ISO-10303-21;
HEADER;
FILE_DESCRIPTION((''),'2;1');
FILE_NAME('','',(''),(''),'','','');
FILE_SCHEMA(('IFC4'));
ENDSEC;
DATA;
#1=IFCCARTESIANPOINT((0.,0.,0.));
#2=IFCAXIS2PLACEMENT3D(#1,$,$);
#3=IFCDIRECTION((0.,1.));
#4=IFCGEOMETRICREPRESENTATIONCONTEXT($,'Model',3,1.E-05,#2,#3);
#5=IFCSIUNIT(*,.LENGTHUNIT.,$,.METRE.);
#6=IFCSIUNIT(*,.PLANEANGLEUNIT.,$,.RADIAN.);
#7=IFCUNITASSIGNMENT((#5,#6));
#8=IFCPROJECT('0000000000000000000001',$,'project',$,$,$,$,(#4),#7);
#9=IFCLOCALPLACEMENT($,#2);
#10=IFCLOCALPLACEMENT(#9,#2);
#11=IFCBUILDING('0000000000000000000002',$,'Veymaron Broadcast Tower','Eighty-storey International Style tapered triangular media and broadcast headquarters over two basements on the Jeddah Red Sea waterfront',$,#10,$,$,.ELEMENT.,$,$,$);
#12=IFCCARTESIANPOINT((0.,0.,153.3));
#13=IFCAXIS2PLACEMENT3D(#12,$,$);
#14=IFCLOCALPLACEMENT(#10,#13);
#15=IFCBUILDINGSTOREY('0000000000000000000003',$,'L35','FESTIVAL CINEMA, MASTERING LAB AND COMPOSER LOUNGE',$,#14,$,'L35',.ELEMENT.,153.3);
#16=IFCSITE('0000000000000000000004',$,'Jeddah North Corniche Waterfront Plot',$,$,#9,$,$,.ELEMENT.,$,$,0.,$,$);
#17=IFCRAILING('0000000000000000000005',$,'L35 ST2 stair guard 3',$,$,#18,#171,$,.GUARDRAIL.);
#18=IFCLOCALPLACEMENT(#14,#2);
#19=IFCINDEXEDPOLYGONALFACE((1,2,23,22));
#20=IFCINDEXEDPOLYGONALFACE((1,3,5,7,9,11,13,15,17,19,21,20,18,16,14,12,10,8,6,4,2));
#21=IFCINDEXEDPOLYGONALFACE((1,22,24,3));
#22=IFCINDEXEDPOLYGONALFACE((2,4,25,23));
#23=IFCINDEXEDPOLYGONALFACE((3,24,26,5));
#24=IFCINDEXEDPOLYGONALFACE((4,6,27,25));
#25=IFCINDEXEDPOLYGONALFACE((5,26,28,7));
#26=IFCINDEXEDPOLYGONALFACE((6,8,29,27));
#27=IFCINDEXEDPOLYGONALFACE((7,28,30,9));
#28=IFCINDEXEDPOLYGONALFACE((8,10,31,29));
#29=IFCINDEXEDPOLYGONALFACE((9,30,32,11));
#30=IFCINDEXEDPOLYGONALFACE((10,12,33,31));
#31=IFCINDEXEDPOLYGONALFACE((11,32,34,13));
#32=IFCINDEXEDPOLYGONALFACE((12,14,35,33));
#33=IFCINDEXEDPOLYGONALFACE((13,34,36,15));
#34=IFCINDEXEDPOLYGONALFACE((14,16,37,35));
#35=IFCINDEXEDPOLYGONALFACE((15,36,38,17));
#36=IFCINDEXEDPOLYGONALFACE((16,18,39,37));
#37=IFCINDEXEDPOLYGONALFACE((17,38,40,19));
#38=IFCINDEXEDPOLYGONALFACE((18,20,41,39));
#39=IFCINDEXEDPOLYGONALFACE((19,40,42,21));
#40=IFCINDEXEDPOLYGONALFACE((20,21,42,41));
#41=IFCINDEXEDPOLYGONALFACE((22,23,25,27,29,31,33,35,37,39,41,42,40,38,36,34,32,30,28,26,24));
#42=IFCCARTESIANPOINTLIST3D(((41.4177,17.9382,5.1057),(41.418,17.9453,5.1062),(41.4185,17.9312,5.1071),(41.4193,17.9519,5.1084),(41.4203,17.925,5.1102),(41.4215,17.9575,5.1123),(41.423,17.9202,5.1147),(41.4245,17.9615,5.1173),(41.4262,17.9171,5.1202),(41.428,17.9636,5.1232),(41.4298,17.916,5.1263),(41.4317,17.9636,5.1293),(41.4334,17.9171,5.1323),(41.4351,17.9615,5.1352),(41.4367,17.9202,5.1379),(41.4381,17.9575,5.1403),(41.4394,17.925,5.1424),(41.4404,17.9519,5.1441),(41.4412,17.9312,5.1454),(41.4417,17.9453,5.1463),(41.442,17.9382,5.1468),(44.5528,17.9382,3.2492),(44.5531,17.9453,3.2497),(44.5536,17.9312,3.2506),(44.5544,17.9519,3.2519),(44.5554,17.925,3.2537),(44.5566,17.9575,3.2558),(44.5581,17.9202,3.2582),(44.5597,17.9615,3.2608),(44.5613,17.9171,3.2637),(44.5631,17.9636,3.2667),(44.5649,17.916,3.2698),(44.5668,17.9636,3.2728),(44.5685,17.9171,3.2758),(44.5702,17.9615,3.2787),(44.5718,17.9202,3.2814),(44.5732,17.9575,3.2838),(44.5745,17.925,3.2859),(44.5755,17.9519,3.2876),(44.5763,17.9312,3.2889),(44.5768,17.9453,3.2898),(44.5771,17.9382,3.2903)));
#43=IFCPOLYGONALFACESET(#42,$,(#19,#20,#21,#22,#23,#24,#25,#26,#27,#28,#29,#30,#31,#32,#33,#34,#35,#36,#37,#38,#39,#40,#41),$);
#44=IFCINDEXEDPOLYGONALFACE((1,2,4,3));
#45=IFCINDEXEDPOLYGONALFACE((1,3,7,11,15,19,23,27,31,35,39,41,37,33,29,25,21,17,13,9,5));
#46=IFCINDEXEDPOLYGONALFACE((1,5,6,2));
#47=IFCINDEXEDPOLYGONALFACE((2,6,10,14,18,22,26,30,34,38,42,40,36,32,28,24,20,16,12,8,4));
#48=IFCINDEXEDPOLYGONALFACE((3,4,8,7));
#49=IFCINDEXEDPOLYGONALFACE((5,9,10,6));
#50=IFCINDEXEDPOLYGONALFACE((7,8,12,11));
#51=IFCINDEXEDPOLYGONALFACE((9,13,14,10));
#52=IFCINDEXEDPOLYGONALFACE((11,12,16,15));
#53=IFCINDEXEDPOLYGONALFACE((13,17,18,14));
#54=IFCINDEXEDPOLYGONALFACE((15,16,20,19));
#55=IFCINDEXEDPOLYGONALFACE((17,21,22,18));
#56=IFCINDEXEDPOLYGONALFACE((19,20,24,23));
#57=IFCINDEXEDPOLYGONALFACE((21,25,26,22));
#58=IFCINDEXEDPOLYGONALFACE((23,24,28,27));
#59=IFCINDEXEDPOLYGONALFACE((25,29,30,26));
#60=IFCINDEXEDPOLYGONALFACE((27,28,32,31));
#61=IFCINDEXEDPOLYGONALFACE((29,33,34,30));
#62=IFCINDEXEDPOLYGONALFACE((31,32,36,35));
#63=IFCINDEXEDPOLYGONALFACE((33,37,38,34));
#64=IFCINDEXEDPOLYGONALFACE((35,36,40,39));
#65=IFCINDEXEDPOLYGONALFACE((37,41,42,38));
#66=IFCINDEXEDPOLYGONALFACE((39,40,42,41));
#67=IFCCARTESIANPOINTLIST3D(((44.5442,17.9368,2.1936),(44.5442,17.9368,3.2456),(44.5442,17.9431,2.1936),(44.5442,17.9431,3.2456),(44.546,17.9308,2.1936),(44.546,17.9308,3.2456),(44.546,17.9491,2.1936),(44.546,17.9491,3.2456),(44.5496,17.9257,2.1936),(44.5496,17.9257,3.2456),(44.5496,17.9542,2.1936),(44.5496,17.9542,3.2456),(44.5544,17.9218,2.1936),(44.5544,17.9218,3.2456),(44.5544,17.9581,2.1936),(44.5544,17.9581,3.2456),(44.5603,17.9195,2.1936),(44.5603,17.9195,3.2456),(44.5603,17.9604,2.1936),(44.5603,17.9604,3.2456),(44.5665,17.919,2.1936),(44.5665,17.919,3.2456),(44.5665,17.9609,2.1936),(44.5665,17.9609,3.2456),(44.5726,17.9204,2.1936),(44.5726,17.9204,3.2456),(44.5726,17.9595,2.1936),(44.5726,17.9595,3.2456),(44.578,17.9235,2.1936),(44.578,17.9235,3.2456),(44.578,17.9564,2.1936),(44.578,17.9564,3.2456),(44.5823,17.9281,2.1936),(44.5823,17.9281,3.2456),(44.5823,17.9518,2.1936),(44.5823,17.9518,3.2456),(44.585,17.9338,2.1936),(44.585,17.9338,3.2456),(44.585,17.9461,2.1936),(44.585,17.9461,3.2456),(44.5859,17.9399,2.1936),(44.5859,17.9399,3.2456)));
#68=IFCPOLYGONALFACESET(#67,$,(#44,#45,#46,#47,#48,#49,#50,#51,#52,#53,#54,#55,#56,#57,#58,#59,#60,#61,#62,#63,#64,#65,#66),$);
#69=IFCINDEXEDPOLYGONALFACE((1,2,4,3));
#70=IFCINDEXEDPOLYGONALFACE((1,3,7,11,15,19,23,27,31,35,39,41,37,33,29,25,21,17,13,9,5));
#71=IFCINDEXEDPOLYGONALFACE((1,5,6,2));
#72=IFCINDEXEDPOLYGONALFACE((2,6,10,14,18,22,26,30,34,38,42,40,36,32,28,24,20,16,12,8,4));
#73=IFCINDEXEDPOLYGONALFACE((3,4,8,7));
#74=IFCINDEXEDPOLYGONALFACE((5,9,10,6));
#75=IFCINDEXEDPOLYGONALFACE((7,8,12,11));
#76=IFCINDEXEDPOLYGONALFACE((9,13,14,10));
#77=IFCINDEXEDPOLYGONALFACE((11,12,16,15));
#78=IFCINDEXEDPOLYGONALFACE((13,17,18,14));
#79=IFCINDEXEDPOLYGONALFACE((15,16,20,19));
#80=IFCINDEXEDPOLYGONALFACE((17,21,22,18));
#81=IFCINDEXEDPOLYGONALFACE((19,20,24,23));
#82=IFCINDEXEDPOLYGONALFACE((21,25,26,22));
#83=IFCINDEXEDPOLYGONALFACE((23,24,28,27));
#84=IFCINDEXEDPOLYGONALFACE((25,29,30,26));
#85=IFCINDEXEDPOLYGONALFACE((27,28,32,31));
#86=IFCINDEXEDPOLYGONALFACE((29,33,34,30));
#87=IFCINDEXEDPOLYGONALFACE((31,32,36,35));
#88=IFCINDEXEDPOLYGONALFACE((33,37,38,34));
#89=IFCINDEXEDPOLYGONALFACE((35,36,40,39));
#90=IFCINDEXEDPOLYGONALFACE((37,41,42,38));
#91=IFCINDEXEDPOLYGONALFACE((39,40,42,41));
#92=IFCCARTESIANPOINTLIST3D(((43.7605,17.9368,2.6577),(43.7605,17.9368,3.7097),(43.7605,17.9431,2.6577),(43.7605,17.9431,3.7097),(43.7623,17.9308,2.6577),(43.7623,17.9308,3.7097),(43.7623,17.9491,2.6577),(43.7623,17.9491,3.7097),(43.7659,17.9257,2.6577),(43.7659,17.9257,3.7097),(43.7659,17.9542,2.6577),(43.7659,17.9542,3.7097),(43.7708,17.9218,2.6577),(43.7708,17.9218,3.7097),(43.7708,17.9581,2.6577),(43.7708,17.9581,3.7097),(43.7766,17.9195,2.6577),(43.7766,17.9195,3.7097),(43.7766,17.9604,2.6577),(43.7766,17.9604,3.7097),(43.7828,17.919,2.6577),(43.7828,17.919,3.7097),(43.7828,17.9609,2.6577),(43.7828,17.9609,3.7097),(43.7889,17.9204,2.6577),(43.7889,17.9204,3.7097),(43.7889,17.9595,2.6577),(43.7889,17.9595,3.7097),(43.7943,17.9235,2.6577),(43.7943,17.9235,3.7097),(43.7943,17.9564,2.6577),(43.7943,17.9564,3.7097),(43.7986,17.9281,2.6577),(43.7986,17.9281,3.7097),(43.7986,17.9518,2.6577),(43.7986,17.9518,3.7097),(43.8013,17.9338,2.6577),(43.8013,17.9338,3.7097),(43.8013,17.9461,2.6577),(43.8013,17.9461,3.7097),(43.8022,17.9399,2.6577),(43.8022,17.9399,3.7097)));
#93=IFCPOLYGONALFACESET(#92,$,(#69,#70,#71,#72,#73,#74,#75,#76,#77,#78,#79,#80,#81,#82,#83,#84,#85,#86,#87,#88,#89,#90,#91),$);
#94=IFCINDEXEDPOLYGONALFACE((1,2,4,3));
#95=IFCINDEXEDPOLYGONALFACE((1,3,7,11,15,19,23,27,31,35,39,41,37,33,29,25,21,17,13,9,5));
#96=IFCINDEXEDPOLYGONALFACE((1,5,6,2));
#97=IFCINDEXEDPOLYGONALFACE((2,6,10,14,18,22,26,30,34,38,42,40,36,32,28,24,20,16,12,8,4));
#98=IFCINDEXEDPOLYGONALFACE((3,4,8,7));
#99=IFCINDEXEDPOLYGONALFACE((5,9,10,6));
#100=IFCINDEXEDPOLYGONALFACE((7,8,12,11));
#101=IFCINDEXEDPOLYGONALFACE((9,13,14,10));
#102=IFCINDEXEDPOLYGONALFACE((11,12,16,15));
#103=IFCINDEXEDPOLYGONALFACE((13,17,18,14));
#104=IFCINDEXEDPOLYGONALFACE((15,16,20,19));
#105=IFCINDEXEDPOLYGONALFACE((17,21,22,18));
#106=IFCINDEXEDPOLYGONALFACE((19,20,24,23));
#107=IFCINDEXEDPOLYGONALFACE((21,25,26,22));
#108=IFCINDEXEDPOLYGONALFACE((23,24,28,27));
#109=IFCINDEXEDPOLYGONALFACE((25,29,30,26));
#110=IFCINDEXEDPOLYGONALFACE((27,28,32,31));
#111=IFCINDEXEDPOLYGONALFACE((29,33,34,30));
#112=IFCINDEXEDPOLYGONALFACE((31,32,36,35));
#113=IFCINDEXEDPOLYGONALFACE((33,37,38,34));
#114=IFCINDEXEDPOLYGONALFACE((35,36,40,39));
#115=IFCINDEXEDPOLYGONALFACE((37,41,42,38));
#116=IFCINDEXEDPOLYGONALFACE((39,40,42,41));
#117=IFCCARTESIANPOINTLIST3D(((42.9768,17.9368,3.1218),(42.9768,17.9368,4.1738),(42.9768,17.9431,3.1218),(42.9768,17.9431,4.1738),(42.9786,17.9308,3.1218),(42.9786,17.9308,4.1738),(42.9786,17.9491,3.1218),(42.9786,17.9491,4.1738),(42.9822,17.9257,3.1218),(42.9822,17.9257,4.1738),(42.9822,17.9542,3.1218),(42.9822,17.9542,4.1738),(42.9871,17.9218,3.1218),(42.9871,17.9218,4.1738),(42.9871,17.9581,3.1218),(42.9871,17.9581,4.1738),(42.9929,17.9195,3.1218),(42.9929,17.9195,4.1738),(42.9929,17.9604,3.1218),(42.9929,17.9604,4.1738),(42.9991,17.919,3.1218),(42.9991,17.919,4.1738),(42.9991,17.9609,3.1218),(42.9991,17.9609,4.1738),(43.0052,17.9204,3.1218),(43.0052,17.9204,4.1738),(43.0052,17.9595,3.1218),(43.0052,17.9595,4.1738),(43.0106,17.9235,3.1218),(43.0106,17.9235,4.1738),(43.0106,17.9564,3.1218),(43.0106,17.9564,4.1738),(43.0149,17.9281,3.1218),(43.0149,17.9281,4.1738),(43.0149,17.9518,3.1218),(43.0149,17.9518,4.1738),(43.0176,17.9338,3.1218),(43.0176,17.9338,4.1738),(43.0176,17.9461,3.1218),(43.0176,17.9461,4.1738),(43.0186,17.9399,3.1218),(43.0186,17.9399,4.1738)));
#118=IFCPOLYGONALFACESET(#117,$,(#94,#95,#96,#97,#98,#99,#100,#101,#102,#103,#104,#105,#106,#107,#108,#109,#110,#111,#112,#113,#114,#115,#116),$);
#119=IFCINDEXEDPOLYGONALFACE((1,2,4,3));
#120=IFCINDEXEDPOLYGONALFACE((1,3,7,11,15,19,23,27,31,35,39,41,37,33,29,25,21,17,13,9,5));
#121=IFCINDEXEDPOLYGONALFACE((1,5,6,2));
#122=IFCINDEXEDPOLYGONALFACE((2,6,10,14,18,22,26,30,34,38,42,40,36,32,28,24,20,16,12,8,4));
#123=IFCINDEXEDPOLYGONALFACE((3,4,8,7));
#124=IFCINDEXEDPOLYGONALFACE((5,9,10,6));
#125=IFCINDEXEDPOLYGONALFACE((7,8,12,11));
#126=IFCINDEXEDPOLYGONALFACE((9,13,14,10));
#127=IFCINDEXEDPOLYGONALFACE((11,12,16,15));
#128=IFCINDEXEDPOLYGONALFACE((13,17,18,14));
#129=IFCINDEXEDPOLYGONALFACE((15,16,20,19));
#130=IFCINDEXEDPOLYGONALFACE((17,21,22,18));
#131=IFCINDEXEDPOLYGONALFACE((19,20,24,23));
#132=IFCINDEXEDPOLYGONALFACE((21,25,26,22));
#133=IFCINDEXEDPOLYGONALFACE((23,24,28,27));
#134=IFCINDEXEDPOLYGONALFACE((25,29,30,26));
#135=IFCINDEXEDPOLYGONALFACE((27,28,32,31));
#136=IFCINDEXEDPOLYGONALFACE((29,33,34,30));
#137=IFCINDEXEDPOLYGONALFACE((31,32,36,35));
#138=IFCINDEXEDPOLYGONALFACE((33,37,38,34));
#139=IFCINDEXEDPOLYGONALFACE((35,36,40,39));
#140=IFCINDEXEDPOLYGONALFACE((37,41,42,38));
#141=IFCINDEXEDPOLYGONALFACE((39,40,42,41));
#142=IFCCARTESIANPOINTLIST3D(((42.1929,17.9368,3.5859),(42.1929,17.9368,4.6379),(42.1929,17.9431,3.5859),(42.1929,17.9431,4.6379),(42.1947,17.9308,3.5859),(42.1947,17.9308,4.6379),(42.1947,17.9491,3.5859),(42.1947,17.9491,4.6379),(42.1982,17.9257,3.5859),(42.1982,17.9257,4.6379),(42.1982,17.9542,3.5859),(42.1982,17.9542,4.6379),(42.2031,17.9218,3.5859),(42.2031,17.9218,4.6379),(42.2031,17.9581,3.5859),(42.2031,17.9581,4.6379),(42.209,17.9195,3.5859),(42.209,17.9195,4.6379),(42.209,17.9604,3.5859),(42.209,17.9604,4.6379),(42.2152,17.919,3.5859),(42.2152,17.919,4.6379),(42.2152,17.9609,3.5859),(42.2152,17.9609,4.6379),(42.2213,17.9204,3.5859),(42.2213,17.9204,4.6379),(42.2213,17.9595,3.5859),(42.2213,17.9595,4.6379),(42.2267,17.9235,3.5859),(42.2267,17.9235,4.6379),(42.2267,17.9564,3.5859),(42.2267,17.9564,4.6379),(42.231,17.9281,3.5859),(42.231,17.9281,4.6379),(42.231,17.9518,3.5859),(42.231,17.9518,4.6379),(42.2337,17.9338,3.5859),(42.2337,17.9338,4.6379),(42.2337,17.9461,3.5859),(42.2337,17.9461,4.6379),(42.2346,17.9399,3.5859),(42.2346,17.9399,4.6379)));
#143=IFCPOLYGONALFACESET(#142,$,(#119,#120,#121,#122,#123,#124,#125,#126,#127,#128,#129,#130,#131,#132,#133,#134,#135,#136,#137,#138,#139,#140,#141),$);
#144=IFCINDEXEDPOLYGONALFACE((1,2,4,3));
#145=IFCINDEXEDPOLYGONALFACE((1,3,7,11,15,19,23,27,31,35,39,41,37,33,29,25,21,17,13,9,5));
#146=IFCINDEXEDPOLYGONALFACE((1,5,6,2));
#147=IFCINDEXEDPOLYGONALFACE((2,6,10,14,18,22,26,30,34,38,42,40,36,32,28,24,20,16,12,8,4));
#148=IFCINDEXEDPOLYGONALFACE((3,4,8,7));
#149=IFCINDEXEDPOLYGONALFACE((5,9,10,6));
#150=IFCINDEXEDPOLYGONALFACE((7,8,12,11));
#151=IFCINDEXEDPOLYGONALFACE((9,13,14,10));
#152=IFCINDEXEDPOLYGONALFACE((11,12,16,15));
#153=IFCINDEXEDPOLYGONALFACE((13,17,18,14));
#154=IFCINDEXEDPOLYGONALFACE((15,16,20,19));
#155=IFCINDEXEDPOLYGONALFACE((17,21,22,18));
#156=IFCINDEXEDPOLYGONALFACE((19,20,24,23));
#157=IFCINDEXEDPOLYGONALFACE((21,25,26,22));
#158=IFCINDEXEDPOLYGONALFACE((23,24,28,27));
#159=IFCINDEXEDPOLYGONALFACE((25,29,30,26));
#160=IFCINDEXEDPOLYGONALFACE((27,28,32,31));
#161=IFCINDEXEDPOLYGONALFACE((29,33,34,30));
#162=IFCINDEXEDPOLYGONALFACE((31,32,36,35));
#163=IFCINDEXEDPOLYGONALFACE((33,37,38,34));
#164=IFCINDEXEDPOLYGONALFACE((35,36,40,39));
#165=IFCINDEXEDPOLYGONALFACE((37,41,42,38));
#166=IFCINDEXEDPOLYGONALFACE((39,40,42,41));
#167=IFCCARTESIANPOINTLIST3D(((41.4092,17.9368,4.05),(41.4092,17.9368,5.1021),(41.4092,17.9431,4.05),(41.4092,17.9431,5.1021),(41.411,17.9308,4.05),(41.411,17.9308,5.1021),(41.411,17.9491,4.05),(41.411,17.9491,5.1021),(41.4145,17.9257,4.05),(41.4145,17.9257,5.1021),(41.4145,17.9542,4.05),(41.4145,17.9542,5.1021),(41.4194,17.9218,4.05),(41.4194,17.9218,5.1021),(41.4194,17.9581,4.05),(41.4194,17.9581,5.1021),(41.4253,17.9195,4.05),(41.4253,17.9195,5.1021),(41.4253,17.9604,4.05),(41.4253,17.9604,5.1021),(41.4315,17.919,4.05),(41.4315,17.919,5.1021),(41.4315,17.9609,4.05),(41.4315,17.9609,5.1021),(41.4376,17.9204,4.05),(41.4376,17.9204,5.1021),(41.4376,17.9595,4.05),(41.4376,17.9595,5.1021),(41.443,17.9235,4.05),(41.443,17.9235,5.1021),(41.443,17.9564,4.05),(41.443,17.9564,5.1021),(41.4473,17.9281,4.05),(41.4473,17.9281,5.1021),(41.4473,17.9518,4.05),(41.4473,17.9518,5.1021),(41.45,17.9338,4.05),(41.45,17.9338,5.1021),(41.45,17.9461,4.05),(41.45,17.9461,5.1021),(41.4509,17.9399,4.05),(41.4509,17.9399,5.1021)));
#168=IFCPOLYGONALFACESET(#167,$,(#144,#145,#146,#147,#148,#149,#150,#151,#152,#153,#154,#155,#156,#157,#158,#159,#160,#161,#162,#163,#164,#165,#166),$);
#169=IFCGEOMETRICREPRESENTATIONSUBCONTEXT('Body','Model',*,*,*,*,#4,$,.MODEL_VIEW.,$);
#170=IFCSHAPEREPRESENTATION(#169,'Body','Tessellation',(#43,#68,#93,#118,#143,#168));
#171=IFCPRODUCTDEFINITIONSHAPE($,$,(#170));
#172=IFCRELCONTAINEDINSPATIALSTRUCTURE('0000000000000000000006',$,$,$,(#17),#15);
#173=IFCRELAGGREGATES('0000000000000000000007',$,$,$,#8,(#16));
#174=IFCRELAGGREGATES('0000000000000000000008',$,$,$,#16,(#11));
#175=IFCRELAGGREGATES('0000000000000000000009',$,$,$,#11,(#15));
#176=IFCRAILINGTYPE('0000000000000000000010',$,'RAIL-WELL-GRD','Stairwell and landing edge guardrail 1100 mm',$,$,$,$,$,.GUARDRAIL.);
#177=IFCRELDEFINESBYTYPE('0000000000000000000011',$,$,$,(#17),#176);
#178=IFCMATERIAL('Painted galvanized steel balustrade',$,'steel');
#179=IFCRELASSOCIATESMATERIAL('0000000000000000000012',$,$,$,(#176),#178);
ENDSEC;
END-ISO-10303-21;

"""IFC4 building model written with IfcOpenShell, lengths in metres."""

from ifc_helpers import new_model, si_unit, direction, frame, origin, origin_2d, place, context, subcontext, project, spatial, circle, extrude, material, type_object, element, save


model = new_model("IFC4")

# Units and contexts
model_context = context("Model", 3, precision=1e-05, world=origin(), true_north=direction((0.0, 1.0)))
body_context = subcontext(model_context, "Body", "Model", "MODEL_VIEW")
ifc_project = project(units=[si_unit("LENGTHUNIT", "METRE"), si_unit("PLANEANGLEUNIT", "RADIAN")], contexts=[model_context])

# Site, building, storey
site_placement = place(None, origin())
site = spatial("IfcSite", under=ifc_project, at=site_placement, Name="Jeddah North Corniche Waterfront Plot", CompositionType="ELEMENT", RefElevation=0.0)
building_placement = place(site_placement, origin())
building = spatial("IfcBuilding", under=site, at=building_placement, Name="Veymaron Broadcast Tower", Description="Eighty-storey International Style tapered triangular media and broadcast headquarters over two basements on the Jeddah Red Sea waterfront", CompositionType="ELEMENT")
storey_placement = place(building_placement, frame((0.0, 0.0, 153.3)))
storey = spatial("IfcBuildingStorey", under=building, at=storey_placement, Name="L35", Description="FESTIVAL CINEMA, MASTERING LAB AND COMPOSER LOUNGE", LongName="L35", CompositionType="ELEMENT", Elevation=153.3)

# Railing
ifc_material_1 = material(Name="Painted galvanized steel balustrade", Category="steel")
railing_type_1 = type_object("IfcRailingType", Name="RAIL-WELL-GRD", Description="Stairwell and landing edge guardrail 1100 mm", PredefinedType="GUARDRAIL", material=ifc_material_1)
railing_1_placement = place(storey_placement, frame((44.5649, 17.9399, 2.1936)))
element("IfcRailing", 1, at=railing_1_placement, inside=storey, type_object=railing_type_1, Name="L35 ST2 stair guard 3", PredefinedType="GUARDRAIL", context=body_context, shape_type="SweptSolid", body=[
    extrude(circle(Radius=0.0239, at=origin_2d()), frame((0.0, 0.0, 1.0762), z_axis=(-0.860453, 0.0, 0.509531), x_axis=(0.0, -1.0, 0.0)), (0.0, 0.0, 1.0), 3.6436),
    extrude(circle(Radius=0.021, at=origin_2d()), origin(), (0.0, 0.0, 1.0), 1.052),
    extrude(circle(Radius=0.021, at=origin_2d()), frame((-0.7837, 0.0, 0.4641)), (0.0, 0.0, 1.0), 1.052),
    extrude(circle(Radius=0.021, at=origin_2d()), frame((-1.5674, 0.0, 0.9282)), (0.0, 0.0, 1.0), 1.052),
    extrude(circle(Radius=0.021, at=origin_2d()), frame((-2.3513, 0.0, 1.3923)), (0.0, 0.0, 1.0), 1.052),
    extrude(circle(Radius=0.021, at=origin_2d()), frame((-3.135, 0.0, 1.8564)), (0.0, 0.0, 1.0), 1.052),
])

save(model, "model.ifc")
